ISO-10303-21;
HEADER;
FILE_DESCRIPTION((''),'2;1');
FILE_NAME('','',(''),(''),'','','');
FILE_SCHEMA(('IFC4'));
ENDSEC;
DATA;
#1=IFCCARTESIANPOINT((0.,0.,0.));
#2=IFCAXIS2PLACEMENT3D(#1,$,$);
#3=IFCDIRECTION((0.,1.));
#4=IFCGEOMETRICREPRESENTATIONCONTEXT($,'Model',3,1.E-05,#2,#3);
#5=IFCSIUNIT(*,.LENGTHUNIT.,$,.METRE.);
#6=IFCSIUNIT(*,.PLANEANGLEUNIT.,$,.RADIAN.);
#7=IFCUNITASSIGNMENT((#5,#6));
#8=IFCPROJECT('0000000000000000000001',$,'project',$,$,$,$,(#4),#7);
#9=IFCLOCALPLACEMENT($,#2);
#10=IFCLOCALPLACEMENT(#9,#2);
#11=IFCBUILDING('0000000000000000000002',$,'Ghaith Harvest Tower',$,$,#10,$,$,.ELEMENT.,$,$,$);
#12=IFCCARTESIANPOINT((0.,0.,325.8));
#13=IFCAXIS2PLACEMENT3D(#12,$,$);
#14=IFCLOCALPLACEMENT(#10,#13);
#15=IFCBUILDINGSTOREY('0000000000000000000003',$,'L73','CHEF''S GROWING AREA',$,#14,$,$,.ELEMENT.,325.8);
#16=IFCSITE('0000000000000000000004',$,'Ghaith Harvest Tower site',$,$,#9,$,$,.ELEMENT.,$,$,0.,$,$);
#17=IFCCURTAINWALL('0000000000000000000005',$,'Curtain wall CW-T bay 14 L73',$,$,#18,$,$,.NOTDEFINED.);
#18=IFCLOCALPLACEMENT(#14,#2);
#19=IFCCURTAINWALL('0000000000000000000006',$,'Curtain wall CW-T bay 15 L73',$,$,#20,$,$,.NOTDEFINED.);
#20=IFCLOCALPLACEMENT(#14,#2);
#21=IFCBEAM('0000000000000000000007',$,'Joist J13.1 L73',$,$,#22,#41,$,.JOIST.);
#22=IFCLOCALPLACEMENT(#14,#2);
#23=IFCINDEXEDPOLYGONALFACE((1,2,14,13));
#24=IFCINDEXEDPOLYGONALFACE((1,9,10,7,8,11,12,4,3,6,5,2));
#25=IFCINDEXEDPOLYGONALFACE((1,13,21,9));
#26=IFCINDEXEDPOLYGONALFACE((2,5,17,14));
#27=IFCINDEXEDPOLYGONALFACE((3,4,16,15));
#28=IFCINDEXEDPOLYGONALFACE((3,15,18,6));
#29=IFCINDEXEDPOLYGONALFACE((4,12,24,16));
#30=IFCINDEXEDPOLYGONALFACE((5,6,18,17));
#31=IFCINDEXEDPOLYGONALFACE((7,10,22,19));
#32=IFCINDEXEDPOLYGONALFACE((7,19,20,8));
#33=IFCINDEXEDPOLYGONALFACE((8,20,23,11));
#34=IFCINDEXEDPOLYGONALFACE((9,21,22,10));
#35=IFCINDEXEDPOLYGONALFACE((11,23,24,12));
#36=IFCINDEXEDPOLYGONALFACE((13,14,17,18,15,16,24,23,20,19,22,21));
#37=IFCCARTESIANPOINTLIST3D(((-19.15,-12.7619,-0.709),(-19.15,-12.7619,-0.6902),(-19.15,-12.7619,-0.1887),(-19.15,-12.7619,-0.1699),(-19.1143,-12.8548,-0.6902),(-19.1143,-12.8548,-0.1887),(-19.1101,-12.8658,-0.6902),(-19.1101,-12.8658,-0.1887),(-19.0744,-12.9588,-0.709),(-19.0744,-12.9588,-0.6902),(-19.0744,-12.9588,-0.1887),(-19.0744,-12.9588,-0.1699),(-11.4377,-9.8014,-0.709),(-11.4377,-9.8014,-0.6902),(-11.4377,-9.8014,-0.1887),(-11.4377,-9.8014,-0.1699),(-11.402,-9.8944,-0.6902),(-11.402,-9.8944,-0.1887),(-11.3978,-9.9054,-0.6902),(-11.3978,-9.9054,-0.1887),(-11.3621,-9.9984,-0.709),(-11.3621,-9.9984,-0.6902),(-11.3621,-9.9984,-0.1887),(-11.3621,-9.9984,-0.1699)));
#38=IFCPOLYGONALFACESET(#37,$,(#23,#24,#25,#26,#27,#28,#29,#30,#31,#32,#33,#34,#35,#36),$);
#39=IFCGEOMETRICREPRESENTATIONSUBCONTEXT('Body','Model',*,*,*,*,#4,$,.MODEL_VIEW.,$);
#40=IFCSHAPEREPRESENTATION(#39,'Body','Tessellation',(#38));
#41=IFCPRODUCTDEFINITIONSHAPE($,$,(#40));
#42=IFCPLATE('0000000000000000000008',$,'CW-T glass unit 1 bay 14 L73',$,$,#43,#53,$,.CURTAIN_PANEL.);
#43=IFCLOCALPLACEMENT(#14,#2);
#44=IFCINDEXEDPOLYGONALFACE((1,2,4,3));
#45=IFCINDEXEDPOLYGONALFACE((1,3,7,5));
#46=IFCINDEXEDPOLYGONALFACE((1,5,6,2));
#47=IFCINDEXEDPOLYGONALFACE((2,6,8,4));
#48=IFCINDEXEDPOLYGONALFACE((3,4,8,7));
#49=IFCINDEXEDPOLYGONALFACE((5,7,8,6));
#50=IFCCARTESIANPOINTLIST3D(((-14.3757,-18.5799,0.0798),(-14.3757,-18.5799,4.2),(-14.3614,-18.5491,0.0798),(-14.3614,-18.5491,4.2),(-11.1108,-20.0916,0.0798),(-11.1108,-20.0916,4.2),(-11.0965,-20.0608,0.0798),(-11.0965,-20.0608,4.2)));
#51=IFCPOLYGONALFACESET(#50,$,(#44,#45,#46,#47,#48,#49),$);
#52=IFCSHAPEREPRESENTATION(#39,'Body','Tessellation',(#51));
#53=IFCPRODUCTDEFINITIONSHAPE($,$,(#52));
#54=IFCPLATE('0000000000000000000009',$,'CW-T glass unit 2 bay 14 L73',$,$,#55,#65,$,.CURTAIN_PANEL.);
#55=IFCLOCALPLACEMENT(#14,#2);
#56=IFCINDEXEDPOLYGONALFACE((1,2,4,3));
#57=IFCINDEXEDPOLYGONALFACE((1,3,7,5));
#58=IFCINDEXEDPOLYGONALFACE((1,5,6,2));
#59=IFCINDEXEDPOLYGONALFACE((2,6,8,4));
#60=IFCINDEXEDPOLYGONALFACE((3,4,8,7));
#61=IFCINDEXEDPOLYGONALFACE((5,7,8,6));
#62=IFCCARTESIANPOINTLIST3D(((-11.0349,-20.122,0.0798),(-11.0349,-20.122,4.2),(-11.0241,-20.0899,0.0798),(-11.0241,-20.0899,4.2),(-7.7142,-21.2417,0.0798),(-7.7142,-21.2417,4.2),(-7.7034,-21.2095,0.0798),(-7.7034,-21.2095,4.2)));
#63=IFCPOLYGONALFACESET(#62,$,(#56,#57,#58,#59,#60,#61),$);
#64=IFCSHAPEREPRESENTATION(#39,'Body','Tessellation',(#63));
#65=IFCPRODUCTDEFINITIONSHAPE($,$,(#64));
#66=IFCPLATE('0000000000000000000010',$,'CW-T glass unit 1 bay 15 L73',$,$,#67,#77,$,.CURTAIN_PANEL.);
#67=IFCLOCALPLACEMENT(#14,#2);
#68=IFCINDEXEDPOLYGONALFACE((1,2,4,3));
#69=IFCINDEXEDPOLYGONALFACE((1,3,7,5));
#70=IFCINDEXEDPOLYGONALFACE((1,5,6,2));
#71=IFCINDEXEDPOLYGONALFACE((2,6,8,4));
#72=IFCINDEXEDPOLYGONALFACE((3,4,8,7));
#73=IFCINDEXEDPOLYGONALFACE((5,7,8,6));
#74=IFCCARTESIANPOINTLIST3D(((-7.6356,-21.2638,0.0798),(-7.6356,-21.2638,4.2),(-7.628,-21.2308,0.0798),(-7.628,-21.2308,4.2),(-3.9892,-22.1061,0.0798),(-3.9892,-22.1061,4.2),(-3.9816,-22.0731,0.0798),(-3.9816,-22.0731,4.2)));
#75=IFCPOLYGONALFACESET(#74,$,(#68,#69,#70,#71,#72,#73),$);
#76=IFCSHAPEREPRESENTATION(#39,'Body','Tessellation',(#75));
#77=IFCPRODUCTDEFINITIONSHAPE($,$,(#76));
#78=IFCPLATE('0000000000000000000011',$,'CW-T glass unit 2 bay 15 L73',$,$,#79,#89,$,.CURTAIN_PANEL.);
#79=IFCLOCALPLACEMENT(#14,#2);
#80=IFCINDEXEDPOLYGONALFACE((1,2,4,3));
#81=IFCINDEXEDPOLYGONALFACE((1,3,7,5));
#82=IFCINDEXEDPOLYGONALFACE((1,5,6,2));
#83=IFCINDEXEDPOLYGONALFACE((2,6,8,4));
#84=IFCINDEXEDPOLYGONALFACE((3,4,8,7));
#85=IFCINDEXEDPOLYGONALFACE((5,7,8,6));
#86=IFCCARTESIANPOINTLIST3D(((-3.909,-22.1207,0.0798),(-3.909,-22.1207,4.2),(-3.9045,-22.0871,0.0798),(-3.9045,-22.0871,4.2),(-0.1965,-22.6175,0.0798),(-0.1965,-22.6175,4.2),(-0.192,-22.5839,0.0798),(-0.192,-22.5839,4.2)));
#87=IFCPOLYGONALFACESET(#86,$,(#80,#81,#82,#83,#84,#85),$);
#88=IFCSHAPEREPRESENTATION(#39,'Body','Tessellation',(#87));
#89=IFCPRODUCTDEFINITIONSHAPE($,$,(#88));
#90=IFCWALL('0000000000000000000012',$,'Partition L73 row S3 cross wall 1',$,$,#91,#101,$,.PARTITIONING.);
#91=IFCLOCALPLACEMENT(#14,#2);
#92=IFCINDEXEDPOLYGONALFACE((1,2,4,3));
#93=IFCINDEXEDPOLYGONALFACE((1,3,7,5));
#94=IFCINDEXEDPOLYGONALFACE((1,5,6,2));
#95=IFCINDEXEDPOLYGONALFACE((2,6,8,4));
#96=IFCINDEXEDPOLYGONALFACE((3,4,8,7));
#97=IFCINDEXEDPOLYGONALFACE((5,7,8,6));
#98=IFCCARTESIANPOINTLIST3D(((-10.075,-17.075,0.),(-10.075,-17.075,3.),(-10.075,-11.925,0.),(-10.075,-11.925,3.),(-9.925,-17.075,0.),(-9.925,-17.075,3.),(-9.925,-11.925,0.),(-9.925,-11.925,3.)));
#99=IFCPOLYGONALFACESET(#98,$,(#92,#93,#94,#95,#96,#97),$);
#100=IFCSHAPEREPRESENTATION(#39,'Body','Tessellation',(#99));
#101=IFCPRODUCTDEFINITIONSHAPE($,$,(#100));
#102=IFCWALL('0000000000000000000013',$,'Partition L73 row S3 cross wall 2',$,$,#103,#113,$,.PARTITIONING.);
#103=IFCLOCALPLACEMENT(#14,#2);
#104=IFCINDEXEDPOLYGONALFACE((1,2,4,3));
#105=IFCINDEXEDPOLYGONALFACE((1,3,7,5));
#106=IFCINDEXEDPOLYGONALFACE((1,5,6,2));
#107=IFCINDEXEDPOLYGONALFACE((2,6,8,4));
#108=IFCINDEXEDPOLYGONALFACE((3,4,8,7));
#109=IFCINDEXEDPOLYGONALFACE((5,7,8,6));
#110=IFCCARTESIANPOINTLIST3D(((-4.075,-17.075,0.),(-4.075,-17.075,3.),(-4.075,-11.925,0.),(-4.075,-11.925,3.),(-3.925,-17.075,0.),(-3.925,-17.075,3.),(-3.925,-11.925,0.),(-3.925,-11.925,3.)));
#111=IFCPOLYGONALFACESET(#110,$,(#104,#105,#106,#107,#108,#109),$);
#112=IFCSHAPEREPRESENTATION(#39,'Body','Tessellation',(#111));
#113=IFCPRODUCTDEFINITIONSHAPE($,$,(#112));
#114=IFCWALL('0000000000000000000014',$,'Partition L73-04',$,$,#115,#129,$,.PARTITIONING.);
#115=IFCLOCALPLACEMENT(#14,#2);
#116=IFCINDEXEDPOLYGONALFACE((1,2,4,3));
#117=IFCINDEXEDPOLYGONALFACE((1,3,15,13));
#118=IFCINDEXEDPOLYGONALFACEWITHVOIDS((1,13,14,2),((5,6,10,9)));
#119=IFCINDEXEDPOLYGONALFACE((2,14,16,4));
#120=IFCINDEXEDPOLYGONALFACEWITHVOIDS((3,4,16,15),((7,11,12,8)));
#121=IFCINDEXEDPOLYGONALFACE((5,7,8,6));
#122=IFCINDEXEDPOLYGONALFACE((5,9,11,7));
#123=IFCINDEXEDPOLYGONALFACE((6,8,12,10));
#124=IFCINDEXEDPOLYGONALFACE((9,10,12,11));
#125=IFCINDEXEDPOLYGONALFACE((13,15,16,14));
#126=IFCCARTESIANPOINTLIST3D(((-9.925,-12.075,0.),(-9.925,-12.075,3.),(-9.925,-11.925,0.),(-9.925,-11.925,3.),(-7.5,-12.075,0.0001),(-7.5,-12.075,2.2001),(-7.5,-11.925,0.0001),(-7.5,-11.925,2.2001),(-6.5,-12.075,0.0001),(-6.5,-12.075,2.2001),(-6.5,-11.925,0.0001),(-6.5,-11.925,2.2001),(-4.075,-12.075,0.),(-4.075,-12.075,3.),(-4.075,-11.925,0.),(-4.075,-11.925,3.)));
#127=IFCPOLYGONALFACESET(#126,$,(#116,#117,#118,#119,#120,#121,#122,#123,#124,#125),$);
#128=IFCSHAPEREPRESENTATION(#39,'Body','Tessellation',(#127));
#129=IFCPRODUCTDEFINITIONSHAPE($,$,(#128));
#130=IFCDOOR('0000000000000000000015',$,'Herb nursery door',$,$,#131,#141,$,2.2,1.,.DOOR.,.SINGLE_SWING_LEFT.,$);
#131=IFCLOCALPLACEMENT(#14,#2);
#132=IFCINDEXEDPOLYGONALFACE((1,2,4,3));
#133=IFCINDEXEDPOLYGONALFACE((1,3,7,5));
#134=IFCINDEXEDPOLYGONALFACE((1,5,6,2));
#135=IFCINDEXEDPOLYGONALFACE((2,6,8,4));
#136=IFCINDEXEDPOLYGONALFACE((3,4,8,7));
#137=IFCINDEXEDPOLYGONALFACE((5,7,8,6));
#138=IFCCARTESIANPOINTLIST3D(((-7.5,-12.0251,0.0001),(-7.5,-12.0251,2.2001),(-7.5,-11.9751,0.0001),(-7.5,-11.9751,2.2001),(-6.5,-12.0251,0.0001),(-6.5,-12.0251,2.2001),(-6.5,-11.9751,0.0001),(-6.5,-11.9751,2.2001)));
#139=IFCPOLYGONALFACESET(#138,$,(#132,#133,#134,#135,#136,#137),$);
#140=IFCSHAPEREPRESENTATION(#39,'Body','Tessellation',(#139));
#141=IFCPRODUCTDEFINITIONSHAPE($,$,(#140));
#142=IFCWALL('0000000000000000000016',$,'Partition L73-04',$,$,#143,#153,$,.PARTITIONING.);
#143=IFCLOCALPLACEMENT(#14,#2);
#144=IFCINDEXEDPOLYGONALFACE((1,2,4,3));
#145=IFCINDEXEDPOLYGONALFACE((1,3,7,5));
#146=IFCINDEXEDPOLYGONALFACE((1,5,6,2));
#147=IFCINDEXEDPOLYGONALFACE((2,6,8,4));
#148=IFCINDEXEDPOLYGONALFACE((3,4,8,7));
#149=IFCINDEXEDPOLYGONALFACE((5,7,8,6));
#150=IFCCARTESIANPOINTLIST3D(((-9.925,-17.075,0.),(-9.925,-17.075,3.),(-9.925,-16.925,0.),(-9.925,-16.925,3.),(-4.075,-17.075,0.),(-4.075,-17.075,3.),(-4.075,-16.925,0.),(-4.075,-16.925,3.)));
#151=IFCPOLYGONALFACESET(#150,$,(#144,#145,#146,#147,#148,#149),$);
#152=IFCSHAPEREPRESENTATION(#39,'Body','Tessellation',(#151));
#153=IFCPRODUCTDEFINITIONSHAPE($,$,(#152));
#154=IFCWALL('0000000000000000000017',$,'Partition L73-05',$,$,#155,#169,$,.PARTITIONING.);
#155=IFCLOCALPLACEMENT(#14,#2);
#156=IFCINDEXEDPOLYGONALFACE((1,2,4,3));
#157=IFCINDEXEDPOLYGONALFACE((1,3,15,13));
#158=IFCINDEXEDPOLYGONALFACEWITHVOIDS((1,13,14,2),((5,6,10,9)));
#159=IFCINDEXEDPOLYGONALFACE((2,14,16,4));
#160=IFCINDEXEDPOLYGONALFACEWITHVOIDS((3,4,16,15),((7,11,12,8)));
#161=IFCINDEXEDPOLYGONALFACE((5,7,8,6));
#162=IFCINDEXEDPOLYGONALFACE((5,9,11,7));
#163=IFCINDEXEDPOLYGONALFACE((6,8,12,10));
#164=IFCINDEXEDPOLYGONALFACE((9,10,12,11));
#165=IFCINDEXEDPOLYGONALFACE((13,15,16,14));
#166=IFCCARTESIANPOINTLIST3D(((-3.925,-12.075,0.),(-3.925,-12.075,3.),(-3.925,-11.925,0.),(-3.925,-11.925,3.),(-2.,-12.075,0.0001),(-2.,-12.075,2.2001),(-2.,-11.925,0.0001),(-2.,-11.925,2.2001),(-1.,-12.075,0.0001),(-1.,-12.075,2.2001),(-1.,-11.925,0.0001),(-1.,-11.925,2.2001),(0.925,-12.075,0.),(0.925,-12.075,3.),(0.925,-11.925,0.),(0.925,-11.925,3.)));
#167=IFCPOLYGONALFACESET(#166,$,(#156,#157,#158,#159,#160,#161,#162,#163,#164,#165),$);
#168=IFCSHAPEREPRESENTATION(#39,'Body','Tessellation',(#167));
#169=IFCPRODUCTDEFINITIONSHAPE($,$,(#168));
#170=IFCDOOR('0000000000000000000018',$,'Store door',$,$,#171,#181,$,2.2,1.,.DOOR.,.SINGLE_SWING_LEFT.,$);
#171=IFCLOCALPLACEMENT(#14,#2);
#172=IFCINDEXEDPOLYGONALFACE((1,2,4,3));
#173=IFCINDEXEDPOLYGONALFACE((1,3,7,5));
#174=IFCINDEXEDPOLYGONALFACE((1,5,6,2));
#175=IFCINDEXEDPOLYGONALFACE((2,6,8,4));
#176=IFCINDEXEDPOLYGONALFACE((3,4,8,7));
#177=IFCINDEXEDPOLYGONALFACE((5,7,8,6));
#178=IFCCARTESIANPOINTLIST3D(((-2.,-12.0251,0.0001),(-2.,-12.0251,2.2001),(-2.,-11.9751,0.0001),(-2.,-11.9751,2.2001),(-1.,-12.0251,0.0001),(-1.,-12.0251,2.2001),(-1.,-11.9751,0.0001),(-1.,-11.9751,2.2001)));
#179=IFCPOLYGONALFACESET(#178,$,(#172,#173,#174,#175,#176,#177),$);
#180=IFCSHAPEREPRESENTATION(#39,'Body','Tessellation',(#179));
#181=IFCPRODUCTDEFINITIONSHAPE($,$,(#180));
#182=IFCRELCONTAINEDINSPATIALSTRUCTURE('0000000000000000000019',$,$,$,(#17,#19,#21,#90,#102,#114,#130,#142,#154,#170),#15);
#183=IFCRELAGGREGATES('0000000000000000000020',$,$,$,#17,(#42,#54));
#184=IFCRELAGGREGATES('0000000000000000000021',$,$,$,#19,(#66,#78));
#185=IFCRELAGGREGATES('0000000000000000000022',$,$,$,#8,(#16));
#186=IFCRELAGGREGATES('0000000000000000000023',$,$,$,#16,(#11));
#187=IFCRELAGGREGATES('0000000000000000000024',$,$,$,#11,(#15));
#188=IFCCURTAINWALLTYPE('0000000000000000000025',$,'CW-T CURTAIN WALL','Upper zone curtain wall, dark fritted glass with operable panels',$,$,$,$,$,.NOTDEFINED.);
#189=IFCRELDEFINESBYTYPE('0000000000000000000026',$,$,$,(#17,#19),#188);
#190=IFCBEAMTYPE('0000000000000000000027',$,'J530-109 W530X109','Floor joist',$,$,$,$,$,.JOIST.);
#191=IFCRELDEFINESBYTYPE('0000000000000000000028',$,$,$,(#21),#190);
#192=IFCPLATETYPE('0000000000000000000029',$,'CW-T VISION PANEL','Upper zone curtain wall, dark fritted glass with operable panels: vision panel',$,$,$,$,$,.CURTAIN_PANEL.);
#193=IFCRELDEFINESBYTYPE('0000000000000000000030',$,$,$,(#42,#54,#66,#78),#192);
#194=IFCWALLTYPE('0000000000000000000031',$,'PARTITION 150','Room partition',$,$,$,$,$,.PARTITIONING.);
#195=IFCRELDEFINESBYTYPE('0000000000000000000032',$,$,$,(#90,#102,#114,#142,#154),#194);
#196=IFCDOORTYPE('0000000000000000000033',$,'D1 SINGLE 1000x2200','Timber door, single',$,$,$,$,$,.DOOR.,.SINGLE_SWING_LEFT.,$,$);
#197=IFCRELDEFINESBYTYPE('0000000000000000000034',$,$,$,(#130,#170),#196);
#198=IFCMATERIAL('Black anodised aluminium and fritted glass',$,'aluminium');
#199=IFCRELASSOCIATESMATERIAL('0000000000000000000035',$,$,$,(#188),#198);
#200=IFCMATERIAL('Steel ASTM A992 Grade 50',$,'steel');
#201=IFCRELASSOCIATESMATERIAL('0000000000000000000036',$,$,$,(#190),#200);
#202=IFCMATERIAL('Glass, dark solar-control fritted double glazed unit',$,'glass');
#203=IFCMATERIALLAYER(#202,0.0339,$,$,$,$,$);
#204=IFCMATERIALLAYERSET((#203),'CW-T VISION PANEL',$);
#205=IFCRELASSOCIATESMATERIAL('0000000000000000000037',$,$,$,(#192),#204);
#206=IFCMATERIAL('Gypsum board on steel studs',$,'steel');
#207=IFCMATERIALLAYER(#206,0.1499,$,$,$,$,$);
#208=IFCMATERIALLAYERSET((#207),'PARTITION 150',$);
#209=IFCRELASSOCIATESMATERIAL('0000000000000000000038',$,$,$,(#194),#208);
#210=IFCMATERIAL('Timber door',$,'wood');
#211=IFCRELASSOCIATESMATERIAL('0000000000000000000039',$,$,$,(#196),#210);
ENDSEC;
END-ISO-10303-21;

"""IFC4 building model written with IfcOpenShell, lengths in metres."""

from ifc_helpers import new_model, si_unit, direction, frame, frame_2d, origin, origin_2d, place, context, subcontext, project, spatial, rectangle, i_section, extrude, material, layer, layer_set, material_profile, profile_set, type_object, element, fill, aggregate, save


model = new_model("IFC4")

# Units and contexts
model_context = context("Model", 3, precision=1e-05, world=origin(), true_north=direction((0.0, 1.0)))
body_context = subcontext(model_context, "Body", "Model", "MODEL_VIEW")
ifc_project = project(units=[si_unit("LENGTHUNIT", "METRE"), si_unit("PLANEANGLEUNIT", "RADIAN")], contexts=[model_context])

# Site, building, storey
site_placement = place(None, origin())
site = spatial("IfcSite", under=ifc_project, at=site_placement, Name="Ghaith Harvest Tower site", CompositionType="ELEMENT", RefElevation=0.0)
building_placement = place(site_placement, origin())
building = spatial("IfcBuilding", under=site, at=building_placement, Name="Ghaith Harvest Tower", CompositionType="ELEMENT")
storey_placement = place(building_placement, frame((0.0, 0.0, 325.8)))
storey = spatial("IfcBuildingStorey", under=building, at=storey_placement, Name="L73", Description="CHEF'S GROWING AREA", CompositionType="ELEMENT", Elevation=325.8)

# Curtain wall
ifc_material_1 = material(Name="Black anodised aluminium and fritted glass", Category="aluminium")
curtain_wall_type = type_object("IfcCurtainWallType", Name="CW-T CURTAIN WALL", Description="Upper zone curtain wall, dark fritted glass with operable panels", PredefinedType="NOTDEFINED", material=ifc_material_1)
curtain_wall_1_placement = place(storey_placement, origin())
curtain_wall_1 = element("IfcCurtainWall", 1, at=curtain_wall_1_placement, inside=storey, type_object=curtain_wall_type, Name="Curtain wall CW-T bay 14 L73", PredefinedType="NOTDEFINED")

# Curtain wall
curtain_wall_2_placement = place(storey_placement, origin())
curtain_wall_2 = element("IfcCurtainWall", 2, at=curtain_wall_2_placement, inside=storey, type_object=curtain_wall_type, Name="Curtain wall CW-T bay 15 L73", PredefinedType="NOTDEFINED")

# Beam
ifc_material_2 = material(Name="Steel ASTM A992 Grade 50", Category="steel")
ifc_material_profile_1 = material_profile(ifc_material_2, i_section(OverallWidth=0.2109, OverallDepth=0.5391, WebThickness=0.0117, FlangeThickness=0.0188, at=origin_2d()), Name="W530X109")
ifc_profile_set_1 = profile_set([ifc_material_profile_1], Name="Steel ASTM A992 Grade 50")
beam_type_1 = type_object("IfcBeamType", Name="J530-109 W530X109", Description="Floor joist", PredefinedType="JOIST", material=ifc_profile_set_1)
beam_1_placement = place(storey_placement, frame((-11.3999, -9.8999, -0.4395), z_axis=(-0.933583, -0.358361, 0.0), x_axis=(0.358361, -0.933583, 0.0)))
element("IfcBeam", 3, at=beam_1_placement, inside=storey, type_object=beam_type_1, Name="Joist J13.1 L73", PredefinedType="JOIST", context=body_context, shape_type="SweptSolid", body=[
    extrude(i_section(OverallWidth=0.2109, OverallDepth=0.5391, WebThickness=0.0117, FlangeThickness=0.0188, at=origin_2d()), origin(), (0.0, 0.0, 1.0), 8.261),
])

# Plates
ifc_material_3 = material(Name="Glass, dark solar-control fritted double glazed unit", Category="glass")
ifc_layer_1 = layer(ifc_material_3, 0.0339)
ifc_layer_set_1 = layer_set([ifc_layer_1], Name="CW-T VISION PANEL")
plate_type = type_object("IfcPlateType", Name="CW-T VISION PANEL", Description="Upper zone curtain wall, dark fritted glass with operable panels: vision panel", PredefinedType="CURTAIN_PANEL", material=ifc_layer_set_1)
plate_1_placement = place(storey_placement, frame((-12.7361, -19.3203, 0.0798), z_axis=(0.0, 0.0, 1.0), x_axis=(0.90745, -0.42016, 0.0)))
plate_1 = element("IfcPlate", 4, at=plate_1_placement, type_object=plate_type, Name="CW-T glass unit 1 bay 14 L73", PredefinedType="CURTAIN_PANEL", context=body_context, shape_type="SweptSolid", body=[
    extrude(rectangle(XDim=3.5979, YDim=0.0339, at=origin_2d()), origin(), (0.0, 0.0, 1.0), 4.1201),
])
plate_2_placement = place(storey_placement, frame((-9.3691, -20.6658, 0.0798), z_axis=(0.0, 0.0, 1.0), x_axis=(0.947586, -0.3195, 0.0)))
plate_2 = element("IfcPlate", 5, at=plate_2_placement, type_object=plate_type, Name="CW-T glass unit 2 bay 14 L73", PredefinedType="CURTAIN_PANEL", context=body_context, shape_type="SweptSolid", body=[
    extrude(rectangle(XDim=3.5044, YDim=0.0339, at=origin_2d()), origin(), (0.0, 0.0, 1.0), 4.1201),
])
aggregate(curtain_wall_1, [plate_1, plate_2])
plate_3_placement = place(storey_placement, frame((-5.8086, -21.6685, 0.0798), z_axis=(0.0, 0.0, 1.0), x_axis=(0.974342, -0.225072, 0.0)))
plate_3 = element("IfcPlate", 6, at=plate_3_placement, type_object=plate_type, Name="CW-T glass unit 1 bay 15 L73", PredefinedType="CURTAIN_PANEL", context=body_context, shape_type="SweptSolid", body=[
    extrude(rectangle(XDim=3.7424, YDim=0.0339, at=origin_2d()), origin(), (0.0, 0.0, 1.0), 4.1201),
])
plate_4_placement = place(storey_placement, frame((-2.0505, -22.3523, 0.0798), z_axis=(0.0, 0.0, 1.0), x_axis=(0.991165, -0.132633, 0.0)))
plate_4 = element("IfcPlate", 7, at=plate_4_placement, type_object=plate_type, Name="CW-T glass unit 2 bay 15 L73", PredefinedType="CURTAIN_PANEL", context=body_context, shape_type="SweptSolid", body=[
    extrude(rectangle(XDim=3.7456, YDim=0.0339, at=origin_2d()), origin(), (0.0, 0.0, 1.0), 4.1201),
])
aggregate(curtain_wall_2, [plate_3, plate_4])

# Walls
ifc_material_4 = material(Name="Gypsum board on steel studs", Category="steel")
ifc_layer_2 = layer(ifc_material_4, 0.1499)
ifc_layer_set_2 = layer_set([ifc_layer_2], Name="PARTITION 150")
wall_type = type_object("IfcWallType", Name="PARTITION 150", Description="Room partition", PredefinedType="PARTITIONING", material=ifc_layer_set_2)
for number, where, z_axis, x_axis, name in (
    (8, (-10.0, -11.925, 0.0), (0.0, 0.0, 1.0), (0.0, -1.0, 0.0), "Partition L73 row S3 cross wall 1"),
    (9, (-4.0, -11.925, 0.0), (0.0, 0.0, 1.0), (0.0, -1.0, 0.0), "Partition L73 row S3 cross wall 2"),
):
    element("IfcWall", number, at=place(storey_placement, frame(where, z_axis=z_axis, x_axis=x_axis)), inside=storey, type_object=wall_type, Name=name, PredefinedType="PARTITIONING", context=body_context, shape_type="SweptSolid", body=[
        extrude(rectangle(XDim=5.1499, YDim=0.1499, at=frame_2d((2.575, 0.0))), origin(), (0.0, 0.0, 1.0), 3.0),
    ])

# Wall, opening, door
wall_1_placement = place(storey_placement, frame((-9.925, -12.0, 0.0), z_axis=(0.0, 0.0, 1.0), x_axis=(1.0, 0.0, 0.0)))
wall_1 = element("IfcWall", 10, at=wall_1_placement, inside=storey, type_object=wall_type, Name="Partition L73-04", PredefinedType="PARTITIONING", context=body_context, shape_type="SweptSolid", body=[
    extrude(rectangle(XDim=5.8501, YDim=0.1499, at=frame_2d((2.925, 0.0))), origin(), (0.0, 0.0, 1.0), 3.0),
])
opening_1_placement = place(wall_1_placement, frame((2.425, 0.0, 0.0)))
opening_1 = element("IfcOpeningElement", 11, at=opening_1_placement, cuts=wall_1, PredefinedType="OPENING", context=body_context, shape_type="SweptSolid", body=[
    extrude(rectangle(XDim=1.0, YDim=2.2, at=frame_2d((0.5, 1.1001))), frame((0.0, 0.085, 0.0), z_axis=(0.0, -1.0, 0.0), x_axis=(1.0, 0.0, 0.0)), (0.0, 0.0, 1.0), 0.1699),
])
ifc_material_5 = material(Name="Timber door", Category="wood")
door_type = type_object("IfcDoorType", Name="D1 SINGLE 1000x2200", Description="Timber door, single", OperationType="SINGLE_SWING_LEFT", PredefinedType="DOOR", material=ifc_material_5)
door_1_placement = place(opening_1_placement, origin())
door_1 = element("IfcDoor", 12, at=door_1_placement, inside=storey, type_object=door_type, Name="Herb nursery door", OperationType="SINGLE_SWING_LEFT", OverallHeight=2.2, OverallWidth=1.0, PredefinedType="DOOR", context=body_context, shape_type="SweptSolid", body=[
    extrude(rectangle(XDim=1.0, YDim=2.2, at=frame_2d((0.5, 1.1001))), frame((0.0, 0.0249, 0.0), z_axis=(0.0, -1.0, 0.0), x_axis=(1.0, 0.0, 0.0)), (0.0, 0.0, 1.0), 0.05),
])
fill(opening_1, door_1)

# Wall
wall_2_placement = place(storey_placement, frame((-9.925, -17.0, 0.0), z_axis=(0.0, 0.0, 1.0), x_axis=(1.0, 0.0, 0.0)))
element("IfcWall", 13, at=wall_2_placement, inside=storey, type_object=wall_type, Name="Partition L73-04", PredefinedType="PARTITIONING", context=body_context, shape_type="SweptSolid", body=[
    extrude(rectangle(XDim=5.8501, YDim=0.1499, at=frame_2d((2.925, 0.0))), origin(), (0.0, 0.0, 1.0), 3.0),
])

# Wall, opening, door
wall_3_placement = place(storey_placement, frame((-3.925, -12.0, 0.0), z_axis=(0.0, 0.0, 1.0), x_axis=(1.0, 0.0, 0.0)))
wall_3 = element("IfcWall", 14, at=wall_3_placement, inside=storey, type_object=wall_type, Name="Partition L73-05", PredefinedType="PARTITIONING", context=body_context, shape_type="SweptSolid", body=[
    extrude(rectangle(XDim=4.8501, YDim=0.1499, at=frame_2d((2.425, 0.0))), origin(), (0.0, 0.0, 1.0), 3.0),
])
opening_2_placement = place(wall_3_placement, frame((1.925, 0.0, 0.0)))
opening_2 = element("IfcOpeningElement", 15, at=opening_2_placement, cuts=wall_3, PredefinedType="OPENING", context=body_context, shape_type="SweptSolid", body=[
    extrude(rectangle(XDim=1.0, YDim=2.2, at=frame_2d((0.5, 1.1001))), frame((0.0, 0.085, 0.0), z_axis=(0.0, -1.0, 0.0), x_axis=(1.0, 0.0, 0.0)), (0.0, 0.0, 1.0), 0.1699),
])
door_2_placement = place(opening_2_placement, origin())
door_2 = element("IfcDoor", 16, at=door_2_placement, inside=storey, type_object=door_type, Name="Store door", OperationType="SINGLE_SWING_LEFT", OverallHeight=2.2, OverallWidth=1.0, PredefinedType="DOOR", context=body_context, shape_type="SweptSolid", body=[
    extrude(rectangle(XDim=1.0, YDim=2.2, at=frame_2d((0.5, 1.1001))), frame((0.0, 0.0249, 0.0), z_axis=(0.0, -1.0, 0.0), x_axis=(1.0, 0.0, 0.0)), (0.0, 0.0, 1.0), 0.05),
])
fill(opening_2, door_2)

save(model, "model.ifc")
